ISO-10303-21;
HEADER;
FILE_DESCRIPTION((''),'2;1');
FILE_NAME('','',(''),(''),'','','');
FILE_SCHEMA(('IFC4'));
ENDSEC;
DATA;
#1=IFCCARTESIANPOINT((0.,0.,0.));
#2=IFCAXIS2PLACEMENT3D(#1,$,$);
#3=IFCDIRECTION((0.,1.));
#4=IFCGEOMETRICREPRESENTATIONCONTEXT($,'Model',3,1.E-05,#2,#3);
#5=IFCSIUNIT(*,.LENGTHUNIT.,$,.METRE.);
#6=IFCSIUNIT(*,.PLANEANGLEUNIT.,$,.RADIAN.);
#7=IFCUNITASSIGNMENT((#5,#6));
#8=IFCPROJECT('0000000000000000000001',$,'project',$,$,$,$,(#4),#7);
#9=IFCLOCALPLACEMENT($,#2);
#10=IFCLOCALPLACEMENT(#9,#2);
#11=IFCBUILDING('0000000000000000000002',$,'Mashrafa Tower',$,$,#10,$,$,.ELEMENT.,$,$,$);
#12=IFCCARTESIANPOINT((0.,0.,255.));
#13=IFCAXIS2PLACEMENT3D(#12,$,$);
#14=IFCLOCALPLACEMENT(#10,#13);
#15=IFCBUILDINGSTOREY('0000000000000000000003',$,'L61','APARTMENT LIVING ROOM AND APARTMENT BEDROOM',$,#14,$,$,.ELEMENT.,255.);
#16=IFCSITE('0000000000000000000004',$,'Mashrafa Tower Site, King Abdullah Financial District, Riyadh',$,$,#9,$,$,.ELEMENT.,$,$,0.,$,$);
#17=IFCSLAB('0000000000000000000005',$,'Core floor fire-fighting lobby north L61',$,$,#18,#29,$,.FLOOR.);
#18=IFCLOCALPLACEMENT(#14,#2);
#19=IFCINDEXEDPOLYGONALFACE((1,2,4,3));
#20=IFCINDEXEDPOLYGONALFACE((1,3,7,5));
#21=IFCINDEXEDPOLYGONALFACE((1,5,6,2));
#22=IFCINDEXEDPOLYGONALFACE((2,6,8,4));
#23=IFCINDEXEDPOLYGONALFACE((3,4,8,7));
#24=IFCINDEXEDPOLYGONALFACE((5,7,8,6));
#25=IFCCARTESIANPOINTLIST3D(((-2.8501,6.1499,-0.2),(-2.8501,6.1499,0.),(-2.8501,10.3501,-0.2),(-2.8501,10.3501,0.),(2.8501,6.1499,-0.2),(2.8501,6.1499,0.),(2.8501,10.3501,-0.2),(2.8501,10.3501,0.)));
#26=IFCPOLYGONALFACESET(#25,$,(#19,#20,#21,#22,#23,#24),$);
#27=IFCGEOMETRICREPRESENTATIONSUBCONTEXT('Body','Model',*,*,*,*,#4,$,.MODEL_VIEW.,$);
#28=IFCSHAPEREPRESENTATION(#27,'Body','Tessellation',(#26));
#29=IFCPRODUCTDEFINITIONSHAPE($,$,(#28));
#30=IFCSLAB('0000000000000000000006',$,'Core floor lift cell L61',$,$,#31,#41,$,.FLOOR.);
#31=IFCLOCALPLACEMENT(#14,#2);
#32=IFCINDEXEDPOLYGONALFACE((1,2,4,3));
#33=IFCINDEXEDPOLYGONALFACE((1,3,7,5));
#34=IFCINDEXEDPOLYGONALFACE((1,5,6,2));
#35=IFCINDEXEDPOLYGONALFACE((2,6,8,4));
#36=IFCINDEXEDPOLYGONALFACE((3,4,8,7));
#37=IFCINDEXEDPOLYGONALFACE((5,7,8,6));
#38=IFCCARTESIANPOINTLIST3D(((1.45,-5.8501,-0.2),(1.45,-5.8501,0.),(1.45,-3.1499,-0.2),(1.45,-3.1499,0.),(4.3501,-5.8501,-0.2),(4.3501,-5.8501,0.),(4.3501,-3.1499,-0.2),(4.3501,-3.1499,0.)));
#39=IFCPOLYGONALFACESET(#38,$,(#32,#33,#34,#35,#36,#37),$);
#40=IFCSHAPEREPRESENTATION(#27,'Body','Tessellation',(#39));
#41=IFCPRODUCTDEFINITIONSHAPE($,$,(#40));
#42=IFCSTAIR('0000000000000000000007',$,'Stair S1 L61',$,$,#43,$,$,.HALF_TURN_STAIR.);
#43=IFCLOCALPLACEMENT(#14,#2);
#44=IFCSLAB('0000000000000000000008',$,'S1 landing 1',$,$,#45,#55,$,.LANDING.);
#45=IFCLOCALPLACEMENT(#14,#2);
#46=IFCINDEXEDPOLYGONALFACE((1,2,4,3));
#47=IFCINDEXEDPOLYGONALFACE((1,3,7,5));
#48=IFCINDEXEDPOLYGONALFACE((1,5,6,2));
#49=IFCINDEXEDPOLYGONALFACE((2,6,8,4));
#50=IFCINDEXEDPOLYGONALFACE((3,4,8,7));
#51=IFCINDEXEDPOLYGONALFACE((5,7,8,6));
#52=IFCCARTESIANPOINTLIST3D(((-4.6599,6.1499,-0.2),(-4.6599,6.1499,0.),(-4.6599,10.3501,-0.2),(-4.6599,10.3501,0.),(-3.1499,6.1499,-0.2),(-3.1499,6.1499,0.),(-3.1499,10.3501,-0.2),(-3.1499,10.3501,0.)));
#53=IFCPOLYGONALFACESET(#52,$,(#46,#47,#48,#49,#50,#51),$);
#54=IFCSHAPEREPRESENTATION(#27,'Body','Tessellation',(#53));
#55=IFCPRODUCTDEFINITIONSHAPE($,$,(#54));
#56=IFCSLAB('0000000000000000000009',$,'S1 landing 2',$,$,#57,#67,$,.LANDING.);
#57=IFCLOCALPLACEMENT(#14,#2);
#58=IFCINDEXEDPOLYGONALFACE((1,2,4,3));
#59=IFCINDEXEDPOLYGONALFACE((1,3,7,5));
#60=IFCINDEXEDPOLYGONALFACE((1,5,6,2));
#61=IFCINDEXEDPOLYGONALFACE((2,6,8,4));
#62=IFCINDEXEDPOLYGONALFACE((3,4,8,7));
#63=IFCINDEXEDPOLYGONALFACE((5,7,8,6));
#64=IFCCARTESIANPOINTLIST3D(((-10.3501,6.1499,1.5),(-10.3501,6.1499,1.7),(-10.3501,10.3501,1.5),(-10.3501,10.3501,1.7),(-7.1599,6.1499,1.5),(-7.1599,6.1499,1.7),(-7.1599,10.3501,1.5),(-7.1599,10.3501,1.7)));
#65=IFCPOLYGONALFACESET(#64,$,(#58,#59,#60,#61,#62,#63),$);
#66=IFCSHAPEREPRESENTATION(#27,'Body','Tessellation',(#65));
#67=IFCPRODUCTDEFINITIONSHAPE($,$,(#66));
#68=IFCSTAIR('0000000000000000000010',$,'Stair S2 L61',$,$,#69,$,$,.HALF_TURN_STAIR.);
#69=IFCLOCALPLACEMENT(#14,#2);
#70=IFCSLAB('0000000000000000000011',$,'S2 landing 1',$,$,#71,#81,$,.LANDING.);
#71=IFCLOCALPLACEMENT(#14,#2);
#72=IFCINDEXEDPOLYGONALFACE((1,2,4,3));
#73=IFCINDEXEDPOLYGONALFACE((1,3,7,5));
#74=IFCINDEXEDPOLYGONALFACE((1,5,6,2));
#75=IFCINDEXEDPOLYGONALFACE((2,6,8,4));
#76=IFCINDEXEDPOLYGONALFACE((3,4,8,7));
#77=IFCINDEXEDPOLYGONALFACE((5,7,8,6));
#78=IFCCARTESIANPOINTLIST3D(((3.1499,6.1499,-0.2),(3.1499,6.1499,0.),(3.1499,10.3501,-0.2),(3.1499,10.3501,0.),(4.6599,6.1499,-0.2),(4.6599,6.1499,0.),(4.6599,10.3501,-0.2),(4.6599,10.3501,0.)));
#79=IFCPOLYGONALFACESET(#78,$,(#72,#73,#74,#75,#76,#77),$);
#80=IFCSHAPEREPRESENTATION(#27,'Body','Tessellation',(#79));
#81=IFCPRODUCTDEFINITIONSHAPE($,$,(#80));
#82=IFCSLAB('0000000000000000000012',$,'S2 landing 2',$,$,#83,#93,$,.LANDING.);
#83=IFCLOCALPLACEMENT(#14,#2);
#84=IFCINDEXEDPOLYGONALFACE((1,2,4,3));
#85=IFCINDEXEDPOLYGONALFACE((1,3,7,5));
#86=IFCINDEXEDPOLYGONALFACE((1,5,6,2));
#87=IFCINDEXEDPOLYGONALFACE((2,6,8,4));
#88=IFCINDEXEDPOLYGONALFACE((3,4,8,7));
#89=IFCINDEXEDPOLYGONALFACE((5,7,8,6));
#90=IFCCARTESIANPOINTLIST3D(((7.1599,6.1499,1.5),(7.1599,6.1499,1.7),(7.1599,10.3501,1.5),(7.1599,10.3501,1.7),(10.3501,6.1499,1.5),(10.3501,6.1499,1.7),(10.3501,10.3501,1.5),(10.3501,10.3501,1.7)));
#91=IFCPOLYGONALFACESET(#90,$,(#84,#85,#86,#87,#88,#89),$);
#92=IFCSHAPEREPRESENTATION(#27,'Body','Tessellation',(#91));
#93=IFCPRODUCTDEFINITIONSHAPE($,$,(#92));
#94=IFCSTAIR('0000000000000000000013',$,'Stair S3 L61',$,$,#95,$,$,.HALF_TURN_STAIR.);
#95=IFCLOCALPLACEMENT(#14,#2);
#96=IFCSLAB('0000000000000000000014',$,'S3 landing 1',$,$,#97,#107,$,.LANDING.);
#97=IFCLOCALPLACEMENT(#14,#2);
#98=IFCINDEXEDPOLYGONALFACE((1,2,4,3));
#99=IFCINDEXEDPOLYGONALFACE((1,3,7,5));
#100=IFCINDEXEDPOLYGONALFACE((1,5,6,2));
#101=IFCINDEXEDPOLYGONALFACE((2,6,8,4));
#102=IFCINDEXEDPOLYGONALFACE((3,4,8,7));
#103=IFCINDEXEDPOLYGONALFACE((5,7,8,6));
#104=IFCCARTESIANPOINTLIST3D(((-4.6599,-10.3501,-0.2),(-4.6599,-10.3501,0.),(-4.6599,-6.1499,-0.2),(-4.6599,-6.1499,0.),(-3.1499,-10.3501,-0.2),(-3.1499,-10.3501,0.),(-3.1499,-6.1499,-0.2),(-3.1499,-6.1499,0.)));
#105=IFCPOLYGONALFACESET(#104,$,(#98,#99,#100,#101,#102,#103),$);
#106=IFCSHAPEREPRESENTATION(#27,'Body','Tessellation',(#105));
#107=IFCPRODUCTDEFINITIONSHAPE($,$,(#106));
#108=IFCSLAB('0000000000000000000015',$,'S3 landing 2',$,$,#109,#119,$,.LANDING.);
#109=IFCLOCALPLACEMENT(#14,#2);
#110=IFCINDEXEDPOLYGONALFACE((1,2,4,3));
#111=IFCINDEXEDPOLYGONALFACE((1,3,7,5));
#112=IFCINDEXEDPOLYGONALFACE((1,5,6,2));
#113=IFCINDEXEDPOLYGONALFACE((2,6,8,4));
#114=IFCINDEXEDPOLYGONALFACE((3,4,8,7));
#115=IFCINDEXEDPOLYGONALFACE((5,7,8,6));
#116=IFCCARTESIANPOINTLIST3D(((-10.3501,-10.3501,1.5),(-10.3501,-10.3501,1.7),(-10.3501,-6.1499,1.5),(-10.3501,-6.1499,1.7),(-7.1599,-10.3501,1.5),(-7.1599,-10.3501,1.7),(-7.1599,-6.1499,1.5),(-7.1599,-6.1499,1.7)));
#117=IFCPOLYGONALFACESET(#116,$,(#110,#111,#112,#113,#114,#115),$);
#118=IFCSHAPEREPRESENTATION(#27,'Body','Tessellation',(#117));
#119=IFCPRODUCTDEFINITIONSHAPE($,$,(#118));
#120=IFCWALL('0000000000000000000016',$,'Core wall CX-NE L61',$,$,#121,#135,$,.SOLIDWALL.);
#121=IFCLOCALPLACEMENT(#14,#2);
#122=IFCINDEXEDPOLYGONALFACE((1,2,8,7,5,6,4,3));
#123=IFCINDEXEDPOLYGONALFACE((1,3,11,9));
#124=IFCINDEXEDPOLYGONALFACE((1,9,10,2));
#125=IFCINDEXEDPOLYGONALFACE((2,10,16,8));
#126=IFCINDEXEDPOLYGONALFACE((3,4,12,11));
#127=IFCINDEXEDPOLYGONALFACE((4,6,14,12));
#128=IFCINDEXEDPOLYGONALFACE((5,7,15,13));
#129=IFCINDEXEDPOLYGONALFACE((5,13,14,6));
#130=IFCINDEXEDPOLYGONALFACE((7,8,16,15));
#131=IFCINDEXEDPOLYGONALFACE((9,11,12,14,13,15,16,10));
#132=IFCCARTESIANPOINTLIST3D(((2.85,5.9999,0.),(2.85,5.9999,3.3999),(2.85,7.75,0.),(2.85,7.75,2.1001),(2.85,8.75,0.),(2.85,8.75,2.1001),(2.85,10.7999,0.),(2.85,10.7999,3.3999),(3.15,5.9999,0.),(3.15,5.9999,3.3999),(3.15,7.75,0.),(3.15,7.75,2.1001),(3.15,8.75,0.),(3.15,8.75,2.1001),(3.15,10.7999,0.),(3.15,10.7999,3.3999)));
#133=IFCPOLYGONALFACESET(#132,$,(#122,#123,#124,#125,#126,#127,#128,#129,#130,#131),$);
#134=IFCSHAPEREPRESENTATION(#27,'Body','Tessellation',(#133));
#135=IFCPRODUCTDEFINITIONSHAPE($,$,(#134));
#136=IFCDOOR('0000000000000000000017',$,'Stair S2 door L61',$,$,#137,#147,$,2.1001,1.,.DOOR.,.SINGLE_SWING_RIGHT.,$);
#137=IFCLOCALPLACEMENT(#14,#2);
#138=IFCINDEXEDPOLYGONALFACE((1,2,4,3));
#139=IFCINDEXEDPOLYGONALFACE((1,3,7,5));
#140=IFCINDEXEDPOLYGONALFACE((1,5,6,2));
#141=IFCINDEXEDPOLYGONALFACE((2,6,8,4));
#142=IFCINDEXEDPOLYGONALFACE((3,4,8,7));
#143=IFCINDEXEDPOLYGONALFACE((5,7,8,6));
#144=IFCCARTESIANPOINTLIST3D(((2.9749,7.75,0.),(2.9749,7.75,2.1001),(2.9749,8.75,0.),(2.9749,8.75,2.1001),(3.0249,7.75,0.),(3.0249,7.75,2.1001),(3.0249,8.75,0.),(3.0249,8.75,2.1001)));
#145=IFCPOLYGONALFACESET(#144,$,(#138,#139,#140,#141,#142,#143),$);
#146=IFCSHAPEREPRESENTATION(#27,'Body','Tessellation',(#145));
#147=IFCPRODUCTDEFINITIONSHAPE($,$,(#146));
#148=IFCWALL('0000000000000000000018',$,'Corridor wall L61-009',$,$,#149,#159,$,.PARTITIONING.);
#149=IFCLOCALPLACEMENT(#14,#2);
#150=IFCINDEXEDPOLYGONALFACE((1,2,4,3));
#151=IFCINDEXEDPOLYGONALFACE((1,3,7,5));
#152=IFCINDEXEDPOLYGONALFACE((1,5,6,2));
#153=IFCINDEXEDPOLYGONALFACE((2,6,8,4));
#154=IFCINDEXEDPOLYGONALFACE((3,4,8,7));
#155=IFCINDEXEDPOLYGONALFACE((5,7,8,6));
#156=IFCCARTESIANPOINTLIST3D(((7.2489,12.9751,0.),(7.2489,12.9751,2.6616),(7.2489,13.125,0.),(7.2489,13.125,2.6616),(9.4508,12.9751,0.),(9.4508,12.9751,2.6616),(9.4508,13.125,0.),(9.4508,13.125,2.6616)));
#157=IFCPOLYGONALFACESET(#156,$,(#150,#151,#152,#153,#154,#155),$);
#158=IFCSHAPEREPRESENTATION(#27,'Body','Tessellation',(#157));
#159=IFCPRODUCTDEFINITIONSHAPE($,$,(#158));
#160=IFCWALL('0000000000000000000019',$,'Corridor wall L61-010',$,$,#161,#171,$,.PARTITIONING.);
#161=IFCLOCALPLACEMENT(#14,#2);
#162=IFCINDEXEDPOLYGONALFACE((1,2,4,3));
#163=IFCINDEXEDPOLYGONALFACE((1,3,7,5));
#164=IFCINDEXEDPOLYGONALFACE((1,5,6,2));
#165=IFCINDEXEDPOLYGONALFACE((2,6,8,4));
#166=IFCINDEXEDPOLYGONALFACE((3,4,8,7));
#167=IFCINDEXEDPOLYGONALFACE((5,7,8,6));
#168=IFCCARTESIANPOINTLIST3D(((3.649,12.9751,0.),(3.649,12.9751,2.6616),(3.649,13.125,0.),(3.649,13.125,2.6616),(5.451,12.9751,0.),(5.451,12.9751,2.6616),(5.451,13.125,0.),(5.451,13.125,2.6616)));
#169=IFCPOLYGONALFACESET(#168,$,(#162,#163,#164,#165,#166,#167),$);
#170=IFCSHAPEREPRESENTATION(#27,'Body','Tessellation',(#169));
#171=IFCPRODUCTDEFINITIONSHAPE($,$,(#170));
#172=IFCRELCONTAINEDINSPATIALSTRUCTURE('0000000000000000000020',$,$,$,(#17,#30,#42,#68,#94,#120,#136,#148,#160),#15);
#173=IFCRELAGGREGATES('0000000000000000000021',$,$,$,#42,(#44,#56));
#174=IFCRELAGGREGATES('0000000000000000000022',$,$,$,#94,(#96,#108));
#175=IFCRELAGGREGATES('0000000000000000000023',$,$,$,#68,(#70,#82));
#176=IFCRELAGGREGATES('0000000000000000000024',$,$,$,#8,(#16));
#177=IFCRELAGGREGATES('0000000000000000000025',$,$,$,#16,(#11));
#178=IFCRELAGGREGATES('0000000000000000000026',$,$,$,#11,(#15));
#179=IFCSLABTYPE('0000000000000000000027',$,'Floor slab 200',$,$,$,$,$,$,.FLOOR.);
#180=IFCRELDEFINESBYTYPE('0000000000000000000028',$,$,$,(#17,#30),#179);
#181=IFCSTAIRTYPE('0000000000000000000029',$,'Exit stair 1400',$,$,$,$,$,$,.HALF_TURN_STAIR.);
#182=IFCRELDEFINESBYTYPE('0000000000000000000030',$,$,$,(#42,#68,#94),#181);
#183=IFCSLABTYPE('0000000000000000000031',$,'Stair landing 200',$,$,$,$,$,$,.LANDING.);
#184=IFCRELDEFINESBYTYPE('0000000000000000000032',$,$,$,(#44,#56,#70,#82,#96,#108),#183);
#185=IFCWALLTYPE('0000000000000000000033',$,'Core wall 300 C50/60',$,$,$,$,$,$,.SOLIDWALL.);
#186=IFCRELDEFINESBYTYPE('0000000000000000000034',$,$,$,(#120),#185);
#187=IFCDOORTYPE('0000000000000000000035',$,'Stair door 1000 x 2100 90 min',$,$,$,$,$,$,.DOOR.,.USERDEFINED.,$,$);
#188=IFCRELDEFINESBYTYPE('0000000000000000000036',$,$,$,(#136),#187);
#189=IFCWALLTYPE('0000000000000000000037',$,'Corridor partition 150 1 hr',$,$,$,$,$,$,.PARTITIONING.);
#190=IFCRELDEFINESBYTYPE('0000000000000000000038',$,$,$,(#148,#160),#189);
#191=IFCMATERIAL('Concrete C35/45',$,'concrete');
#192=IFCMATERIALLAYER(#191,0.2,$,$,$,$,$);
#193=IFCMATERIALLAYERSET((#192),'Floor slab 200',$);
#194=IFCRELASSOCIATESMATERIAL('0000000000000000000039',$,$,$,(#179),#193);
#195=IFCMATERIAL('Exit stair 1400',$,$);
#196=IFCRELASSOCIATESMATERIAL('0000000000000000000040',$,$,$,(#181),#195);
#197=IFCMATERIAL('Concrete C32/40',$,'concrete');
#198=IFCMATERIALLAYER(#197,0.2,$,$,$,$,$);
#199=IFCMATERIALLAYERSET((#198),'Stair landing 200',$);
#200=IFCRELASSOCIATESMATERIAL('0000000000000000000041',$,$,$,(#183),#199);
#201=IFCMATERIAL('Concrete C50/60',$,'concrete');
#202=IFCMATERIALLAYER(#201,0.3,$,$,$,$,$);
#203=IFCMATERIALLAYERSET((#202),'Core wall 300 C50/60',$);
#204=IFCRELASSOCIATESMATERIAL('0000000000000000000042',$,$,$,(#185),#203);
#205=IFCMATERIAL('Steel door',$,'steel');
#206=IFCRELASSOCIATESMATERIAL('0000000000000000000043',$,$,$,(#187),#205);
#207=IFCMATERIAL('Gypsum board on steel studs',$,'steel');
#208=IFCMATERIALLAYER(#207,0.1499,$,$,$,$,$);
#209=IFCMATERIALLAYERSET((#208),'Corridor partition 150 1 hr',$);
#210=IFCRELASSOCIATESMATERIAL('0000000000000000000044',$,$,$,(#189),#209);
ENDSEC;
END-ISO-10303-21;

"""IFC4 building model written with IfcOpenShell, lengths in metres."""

from ifc_helpers import new_model, si_unit, direction, frame, frame_2d, origin, place, context, subcontext, project, spatial, polyline, rectangle, outline, extrude, material, layer, layer_set, type_object, element, fill, aggregate, save


model = new_model("IFC4")

# Units and contexts
model_context = context("Model", 3, precision=1e-05, world=origin(), true_north=direction((0.0, 1.0)))
body_context = subcontext(model_context, "Body", "Model", "MODEL_VIEW")
ifc_project = project(units=[si_unit("LENGTHUNIT", "METRE"), si_unit("PLANEANGLEUNIT", "RADIAN")], contexts=[model_context])

# Site, building, storey
site_placement = place(None, origin())
site = spatial("IfcSite", under=ifc_project, at=site_placement, Name="Mashrafa Tower Site, King Abdullah Financial District, Riyadh", CompositionType="ELEMENT", RefElevation=0.0)
building_placement = place(site_placement, origin())
building = spatial("IfcBuilding", under=site, at=building_placement, Name="Mashrafa Tower", CompositionType="ELEMENT")
storey_placement = place(building_placement, frame((0.0, 0.0, 255.0)))
storey = spatial("IfcBuildingStorey", under=building, at=storey_placement, Name="L61", Description="APARTMENT LIVING ROOM AND APARTMENT BEDROOM", CompositionType="ELEMENT", Elevation=255.0)

# Slabs
ifc_material_1 = material(Name="Concrete C35/45", Category="concrete")
ifc_layer_1 = layer(ifc_material_1, 0.2)
ifc_layer_set_1 = layer_set([ifc_layer_1], Name="Floor slab 200")
slab_type_1 = type_object("IfcSlabType", Name="Floor slab 200", PredefinedType="FLOOR", material=ifc_layer_set_1)
slab_1_placement = place(storey_placement, frame((0.0, 0.0, -0.2)))
element("IfcSlab", 1, at=slab_1_placement, inside=storey, type_object=slab_type_1, Name="Core floor fire-fighting lobby north L61", PredefinedType="FLOOR", context=body_context, shape_type="SweptSolid", body=[
    extrude(outline(polyline([(-2.8501, 10.3501), (2.8501, 10.3501), (2.8501, 6.1499), (-2.8501, 6.1499), (-2.8501, 10.3501)])), origin(), (0.0, 0.0, 1.0), 0.2),
])
slab_2_placement = place(storey_placement, frame((0.0, 0.0, -0.2)))
element("IfcSlab", 2, at=slab_2_placement, inside=storey, type_object=slab_type_1, Name="Core floor lift cell L61", PredefinedType="FLOOR", context=body_context, shape_type="SweptSolid", body=[
    extrude(outline(polyline([(4.3501, -3.1499), (4.3501, -5.8501), (1.45, -5.8501), (1.45, -3.1499), (4.3501, -3.1499)])), origin(), (0.0, 0.0, 1.0), 0.2),
])

# Stairs, slabs
ifc_material_2 = material(Name="Exit stair 1400")
stair_type = type_object("IfcStairType", Name="Exit stair 1400", PredefinedType="HALF_TURN_STAIR", material=ifc_material_2)
stair_1_placement = place(storey_placement, origin())
stair_1 = element("IfcStair", 3, at=stair_1_placement, inside=storey, type_object=stair_type, Name="Stair S1 L61", PredefinedType="HALF_TURN_STAIR")
ifc_material_3 = material(Name="Concrete C32/40", Category="concrete")
ifc_layer_2 = layer(ifc_material_3, 0.2)
ifc_layer_set_2 = layer_set([ifc_layer_2], Name="Stair landing 200")
slab_type_2 = type_object("IfcSlabType", Name="Stair landing 200", PredefinedType="LANDING", material=ifc_layer_set_2)
slab_3_placement = place(storey_placement, frame((0.0, 0.0, -0.2)))
slab_3 = element("IfcSlab", 4, at=slab_3_placement, type_object=slab_type_2, Name="S1 landing 1", PredefinedType="LANDING", context=body_context, shape_type="SweptSolid", body=[
    extrude(outline(polyline([(-4.6599, 6.1499), (-3.1499, 6.1499), (-3.1499, 10.3501), (-4.6599, 10.3501), (-4.6599, 6.1499)])), origin(), (0.0, 0.0, 1.0), 0.2),
])
slab_4_placement = place(storey_placement, frame((0.0, 0.0, 1.5)))
slab_4 = element("IfcSlab", 5, at=slab_4_placement, type_object=slab_type_2, Name="S1 landing 2", PredefinedType="LANDING", context=body_context, shape_type="SweptSolid", body=[
    extrude(outline(polyline([(-10.3501, 6.1499), (-7.1599, 6.1499), (-7.1599, 10.3501), (-10.3501, 10.3501), (-10.3501, 6.1499)])), origin(), (0.0, 0.0, 1.0), 0.2),
])
aggregate(stair_1, [slab_3, slab_4])
stair_2_placement = place(storey_placement, origin())
stair_2 = element("IfcStair", 6, at=stair_2_placement, inside=storey, type_object=stair_type, Name="Stair S2 L61", PredefinedType="HALF_TURN_STAIR")
slab_5_placement = place(storey_placement, frame((0.0, 0.0, -0.2)))
slab_5 = element("IfcSlab", 7, at=slab_5_placement, type_object=slab_type_2, Name="S2 landing 1", PredefinedType="LANDING", context=body_context, shape_type="SweptSolid", body=[
    extrude(outline(polyline([(3.1499, 6.1499), (4.6599, 6.1499), (4.6599, 10.3501), (3.1499, 10.3501), (3.1499, 6.1499)])), origin(), (0.0, 0.0, 1.0), 0.2),
])
slab_6_placement = place(storey_placement, frame((0.0, 0.0, 1.5)))
slab_6 = element("IfcSlab", 8, at=slab_6_placement, type_object=slab_type_2, Name="S2 landing 2", PredefinedType="LANDING", context=body_context, shape_type="SweptSolid", body=[
    extrude(outline(polyline([(7.1599, 6.1499), (10.3501, 6.1499), (10.3501, 10.3501), (7.1599, 10.3501), (7.1599, 6.1499)])), origin(), (0.0, 0.0, 1.0), 0.2),
])
stair_3_placement = place(storey_placement, origin())
stair_3 = element("IfcStair", 9, at=stair_3_placement, inside=storey, type_object=stair_type, Name="Stair S3 L61", PredefinedType="HALF_TURN_STAIR")
slab_7_placement = place(storey_placement, frame((0.0, 0.0, -0.2)))
slab_7 = element("IfcSlab", 10, at=slab_7_placement, type_object=slab_type_2, Name="S3 landing 1", PredefinedType="LANDING", context=body_context, shape_type="SweptSolid", body=[
    extrude(outline(polyline([(-4.6599, -10.3501), (-3.1499, -10.3501), (-3.1499, -6.1499), (-4.6599, -6.1499), (-4.6599, -10.3501)])), origin(), (0.0, 0.0, 1.0), 0.2),
])
slab_8_placement = place(storey_placement, frame((0.0, 0.0, 1.5)))
slab_8 = element("IfcSlab", 11, at=slab_8_placement, type_object=slab_type_2, Name="S3 landing 2", PredefinedType="LANDING", context=body_context, shape_type="SweptSolid", body=[
    extrude(outline(polyline([(-10.3501, -10.3501), (-7.1599, -10.3501), (-7.1599, -6.1499), (-10.3501, -6.1499), (-10.3501, -10.3501)])), origin(), (0.0, 0.0, 1.0), 0.2),
])
aggregate(stair_3, [slab_7, slab_8])

# Wall, opening, door
ifc_material_4 = material(Name="Concrete C50/60", Category="concrete")
ifc_layer_3 = layer(ifc_material_4, 0.3)
ifc_layer_set_3 = layer_set([ifc_layer_3], Name="Core wall 300 C50/60")
wall_type_1 = type_object("IfcWallType", Name="Core wall 300 C50/60", PredefinedType="SOLIDWALL", material=ifc_layer_set_3)
wall_1_placement = place(storey_placement, frame((3.0, 6.0, 0.0), z_axis=(0.0, 0.0, 1.0), x_axis=(0.0, 1.0, 0.0)))
wall_1 = element("IfcWall", 12, at=wall_1_placement, inside=storey, type_object=wall_type_1, Name="Core wall CX-NE L61", PredefinedType="SOLIDWALL", context=body_context, shape_type="SweptSolid", body=[
    extrude(rectangle(XDim=4.8, YDim=0.3, at=frame_2d((2.3999, 0.0))), origin(), (0.0, 0.0, 1.0), 3.3999),
])
opening_1_placement = place(wall_1_placement, frame((1.75, 0.0, 0.0)))
opening_1 = element("IfcOpeningElement", 13, at=opening_1_placement, cuts=wall_1, PredefinedType="OPENING", context=body_context, shape_type="SweptSolid", body=[
    extrude(rectangle(XDim=1.0, YDim=2.1001, at=frame_2d((0.5, 1.05))), frame((0.0, 0.1599, 0.0), z_axis=(0.0, -1.0, 0.0), x_axis=(1.0, 0.0, 0.0)), (0.0, 0.0, 1.0), 0.3201),
])
ifc_material_5 = material(Name="Steel door", Category="steel")
door_type_1 = type_object("IfcDoorType", Name="Stair door 1000 x 2100 90 min", OperationType="USERDEFINED", PredefinedType="DOOR", material=ifc_material_5)
door_1_placement = place(opening_1_placement, frame((1.0, 0.0, 0.0), z_axis=(0.0, 0.0, 1.0), x_axis=(-1.0, 0.0, 0.0)))
door_1 = element("IfcDoor", 14, at=door_1_placement, inside=storey, type_object=door_type_1, Name="Stair S2 door L61", OperationType="SINGLE_SWING_RIGHT", OverallHeight=2.1001, OverallWidth=1.0, PredefinedType="DOOR", context=body_context, shape_type="SweptSolid", body=[
    extrude(rectangle(XDim=1.0, YDim=2.1001, at=frame_2d((0.5, 1.05))), frame((0.0, 0.0249, 0.0), z_axis=(0.0, -1.0, 0.0), x_axis=(1.0, 0.0, 0.0)), (0.0, 0.0, 1.0), 0.05),
])
fill(opening_1, door_1)

# Walls
ifc_material_6 = material(Name="Gypsum board on steel studs", Category="steel")
ifc_layer_4 = layer(ifc_material_6, 0.1499)
ifc_layer_set_4 = layer_set([ifc_layer_4], Name="Corridor partition 150 1 hr")
wall_type_2 = type_object("IfcWallType", Name="Corridor partition 150 1 hr", PredefinedType="PARTITIONING", material=ifc_layer_set_4)
wall_2_placement = place(storey_placement, frame((9.4509, 13.05, 0.0), z_axis=(0.0, 0.0, 1.0), x_axis=(-1.0, 0.0, 0.0)))
element("IfcWall", 15, at=wall_2_placement, inside=storey, type_object=wall_type_2, Name="Corridor wall L61-009", PredefinedType="PARTITIONING", context=body_context, shape_type="SweptSolid", body=[
    extrude(rectangle(XDim=2.2019, YDim=0.1499, at=frame_2d((1.1011, 0.0))), origin(), (0.0, 0.0, 1.0), 2.6616),
])
wall_3_placement = place(storey_placement, frame((5.4509, 13.05, 0.0), z_axis=(0.0, 0.0, 1.0), x_axis=(-1.0, 0.0, 0.0)))
element("IfcWall", 16, at=wall_3_placement, inside=storey, type_object=wall_type_2, Name="Corridor wall L61-010", PredefinedType="PARTITIONING", context=body_context, shape_type="SweptSolid", body=[
    extrude(rectangle(XDim=1.802, YDim=0.1499, at=frame_2d((0.9009, 0.0))), origin(), (0.0, 0.0, 1.0), 2.6616),
])

aggregate(stair_2, [slab_5, slab_6])

save(model, "model.ifc")
